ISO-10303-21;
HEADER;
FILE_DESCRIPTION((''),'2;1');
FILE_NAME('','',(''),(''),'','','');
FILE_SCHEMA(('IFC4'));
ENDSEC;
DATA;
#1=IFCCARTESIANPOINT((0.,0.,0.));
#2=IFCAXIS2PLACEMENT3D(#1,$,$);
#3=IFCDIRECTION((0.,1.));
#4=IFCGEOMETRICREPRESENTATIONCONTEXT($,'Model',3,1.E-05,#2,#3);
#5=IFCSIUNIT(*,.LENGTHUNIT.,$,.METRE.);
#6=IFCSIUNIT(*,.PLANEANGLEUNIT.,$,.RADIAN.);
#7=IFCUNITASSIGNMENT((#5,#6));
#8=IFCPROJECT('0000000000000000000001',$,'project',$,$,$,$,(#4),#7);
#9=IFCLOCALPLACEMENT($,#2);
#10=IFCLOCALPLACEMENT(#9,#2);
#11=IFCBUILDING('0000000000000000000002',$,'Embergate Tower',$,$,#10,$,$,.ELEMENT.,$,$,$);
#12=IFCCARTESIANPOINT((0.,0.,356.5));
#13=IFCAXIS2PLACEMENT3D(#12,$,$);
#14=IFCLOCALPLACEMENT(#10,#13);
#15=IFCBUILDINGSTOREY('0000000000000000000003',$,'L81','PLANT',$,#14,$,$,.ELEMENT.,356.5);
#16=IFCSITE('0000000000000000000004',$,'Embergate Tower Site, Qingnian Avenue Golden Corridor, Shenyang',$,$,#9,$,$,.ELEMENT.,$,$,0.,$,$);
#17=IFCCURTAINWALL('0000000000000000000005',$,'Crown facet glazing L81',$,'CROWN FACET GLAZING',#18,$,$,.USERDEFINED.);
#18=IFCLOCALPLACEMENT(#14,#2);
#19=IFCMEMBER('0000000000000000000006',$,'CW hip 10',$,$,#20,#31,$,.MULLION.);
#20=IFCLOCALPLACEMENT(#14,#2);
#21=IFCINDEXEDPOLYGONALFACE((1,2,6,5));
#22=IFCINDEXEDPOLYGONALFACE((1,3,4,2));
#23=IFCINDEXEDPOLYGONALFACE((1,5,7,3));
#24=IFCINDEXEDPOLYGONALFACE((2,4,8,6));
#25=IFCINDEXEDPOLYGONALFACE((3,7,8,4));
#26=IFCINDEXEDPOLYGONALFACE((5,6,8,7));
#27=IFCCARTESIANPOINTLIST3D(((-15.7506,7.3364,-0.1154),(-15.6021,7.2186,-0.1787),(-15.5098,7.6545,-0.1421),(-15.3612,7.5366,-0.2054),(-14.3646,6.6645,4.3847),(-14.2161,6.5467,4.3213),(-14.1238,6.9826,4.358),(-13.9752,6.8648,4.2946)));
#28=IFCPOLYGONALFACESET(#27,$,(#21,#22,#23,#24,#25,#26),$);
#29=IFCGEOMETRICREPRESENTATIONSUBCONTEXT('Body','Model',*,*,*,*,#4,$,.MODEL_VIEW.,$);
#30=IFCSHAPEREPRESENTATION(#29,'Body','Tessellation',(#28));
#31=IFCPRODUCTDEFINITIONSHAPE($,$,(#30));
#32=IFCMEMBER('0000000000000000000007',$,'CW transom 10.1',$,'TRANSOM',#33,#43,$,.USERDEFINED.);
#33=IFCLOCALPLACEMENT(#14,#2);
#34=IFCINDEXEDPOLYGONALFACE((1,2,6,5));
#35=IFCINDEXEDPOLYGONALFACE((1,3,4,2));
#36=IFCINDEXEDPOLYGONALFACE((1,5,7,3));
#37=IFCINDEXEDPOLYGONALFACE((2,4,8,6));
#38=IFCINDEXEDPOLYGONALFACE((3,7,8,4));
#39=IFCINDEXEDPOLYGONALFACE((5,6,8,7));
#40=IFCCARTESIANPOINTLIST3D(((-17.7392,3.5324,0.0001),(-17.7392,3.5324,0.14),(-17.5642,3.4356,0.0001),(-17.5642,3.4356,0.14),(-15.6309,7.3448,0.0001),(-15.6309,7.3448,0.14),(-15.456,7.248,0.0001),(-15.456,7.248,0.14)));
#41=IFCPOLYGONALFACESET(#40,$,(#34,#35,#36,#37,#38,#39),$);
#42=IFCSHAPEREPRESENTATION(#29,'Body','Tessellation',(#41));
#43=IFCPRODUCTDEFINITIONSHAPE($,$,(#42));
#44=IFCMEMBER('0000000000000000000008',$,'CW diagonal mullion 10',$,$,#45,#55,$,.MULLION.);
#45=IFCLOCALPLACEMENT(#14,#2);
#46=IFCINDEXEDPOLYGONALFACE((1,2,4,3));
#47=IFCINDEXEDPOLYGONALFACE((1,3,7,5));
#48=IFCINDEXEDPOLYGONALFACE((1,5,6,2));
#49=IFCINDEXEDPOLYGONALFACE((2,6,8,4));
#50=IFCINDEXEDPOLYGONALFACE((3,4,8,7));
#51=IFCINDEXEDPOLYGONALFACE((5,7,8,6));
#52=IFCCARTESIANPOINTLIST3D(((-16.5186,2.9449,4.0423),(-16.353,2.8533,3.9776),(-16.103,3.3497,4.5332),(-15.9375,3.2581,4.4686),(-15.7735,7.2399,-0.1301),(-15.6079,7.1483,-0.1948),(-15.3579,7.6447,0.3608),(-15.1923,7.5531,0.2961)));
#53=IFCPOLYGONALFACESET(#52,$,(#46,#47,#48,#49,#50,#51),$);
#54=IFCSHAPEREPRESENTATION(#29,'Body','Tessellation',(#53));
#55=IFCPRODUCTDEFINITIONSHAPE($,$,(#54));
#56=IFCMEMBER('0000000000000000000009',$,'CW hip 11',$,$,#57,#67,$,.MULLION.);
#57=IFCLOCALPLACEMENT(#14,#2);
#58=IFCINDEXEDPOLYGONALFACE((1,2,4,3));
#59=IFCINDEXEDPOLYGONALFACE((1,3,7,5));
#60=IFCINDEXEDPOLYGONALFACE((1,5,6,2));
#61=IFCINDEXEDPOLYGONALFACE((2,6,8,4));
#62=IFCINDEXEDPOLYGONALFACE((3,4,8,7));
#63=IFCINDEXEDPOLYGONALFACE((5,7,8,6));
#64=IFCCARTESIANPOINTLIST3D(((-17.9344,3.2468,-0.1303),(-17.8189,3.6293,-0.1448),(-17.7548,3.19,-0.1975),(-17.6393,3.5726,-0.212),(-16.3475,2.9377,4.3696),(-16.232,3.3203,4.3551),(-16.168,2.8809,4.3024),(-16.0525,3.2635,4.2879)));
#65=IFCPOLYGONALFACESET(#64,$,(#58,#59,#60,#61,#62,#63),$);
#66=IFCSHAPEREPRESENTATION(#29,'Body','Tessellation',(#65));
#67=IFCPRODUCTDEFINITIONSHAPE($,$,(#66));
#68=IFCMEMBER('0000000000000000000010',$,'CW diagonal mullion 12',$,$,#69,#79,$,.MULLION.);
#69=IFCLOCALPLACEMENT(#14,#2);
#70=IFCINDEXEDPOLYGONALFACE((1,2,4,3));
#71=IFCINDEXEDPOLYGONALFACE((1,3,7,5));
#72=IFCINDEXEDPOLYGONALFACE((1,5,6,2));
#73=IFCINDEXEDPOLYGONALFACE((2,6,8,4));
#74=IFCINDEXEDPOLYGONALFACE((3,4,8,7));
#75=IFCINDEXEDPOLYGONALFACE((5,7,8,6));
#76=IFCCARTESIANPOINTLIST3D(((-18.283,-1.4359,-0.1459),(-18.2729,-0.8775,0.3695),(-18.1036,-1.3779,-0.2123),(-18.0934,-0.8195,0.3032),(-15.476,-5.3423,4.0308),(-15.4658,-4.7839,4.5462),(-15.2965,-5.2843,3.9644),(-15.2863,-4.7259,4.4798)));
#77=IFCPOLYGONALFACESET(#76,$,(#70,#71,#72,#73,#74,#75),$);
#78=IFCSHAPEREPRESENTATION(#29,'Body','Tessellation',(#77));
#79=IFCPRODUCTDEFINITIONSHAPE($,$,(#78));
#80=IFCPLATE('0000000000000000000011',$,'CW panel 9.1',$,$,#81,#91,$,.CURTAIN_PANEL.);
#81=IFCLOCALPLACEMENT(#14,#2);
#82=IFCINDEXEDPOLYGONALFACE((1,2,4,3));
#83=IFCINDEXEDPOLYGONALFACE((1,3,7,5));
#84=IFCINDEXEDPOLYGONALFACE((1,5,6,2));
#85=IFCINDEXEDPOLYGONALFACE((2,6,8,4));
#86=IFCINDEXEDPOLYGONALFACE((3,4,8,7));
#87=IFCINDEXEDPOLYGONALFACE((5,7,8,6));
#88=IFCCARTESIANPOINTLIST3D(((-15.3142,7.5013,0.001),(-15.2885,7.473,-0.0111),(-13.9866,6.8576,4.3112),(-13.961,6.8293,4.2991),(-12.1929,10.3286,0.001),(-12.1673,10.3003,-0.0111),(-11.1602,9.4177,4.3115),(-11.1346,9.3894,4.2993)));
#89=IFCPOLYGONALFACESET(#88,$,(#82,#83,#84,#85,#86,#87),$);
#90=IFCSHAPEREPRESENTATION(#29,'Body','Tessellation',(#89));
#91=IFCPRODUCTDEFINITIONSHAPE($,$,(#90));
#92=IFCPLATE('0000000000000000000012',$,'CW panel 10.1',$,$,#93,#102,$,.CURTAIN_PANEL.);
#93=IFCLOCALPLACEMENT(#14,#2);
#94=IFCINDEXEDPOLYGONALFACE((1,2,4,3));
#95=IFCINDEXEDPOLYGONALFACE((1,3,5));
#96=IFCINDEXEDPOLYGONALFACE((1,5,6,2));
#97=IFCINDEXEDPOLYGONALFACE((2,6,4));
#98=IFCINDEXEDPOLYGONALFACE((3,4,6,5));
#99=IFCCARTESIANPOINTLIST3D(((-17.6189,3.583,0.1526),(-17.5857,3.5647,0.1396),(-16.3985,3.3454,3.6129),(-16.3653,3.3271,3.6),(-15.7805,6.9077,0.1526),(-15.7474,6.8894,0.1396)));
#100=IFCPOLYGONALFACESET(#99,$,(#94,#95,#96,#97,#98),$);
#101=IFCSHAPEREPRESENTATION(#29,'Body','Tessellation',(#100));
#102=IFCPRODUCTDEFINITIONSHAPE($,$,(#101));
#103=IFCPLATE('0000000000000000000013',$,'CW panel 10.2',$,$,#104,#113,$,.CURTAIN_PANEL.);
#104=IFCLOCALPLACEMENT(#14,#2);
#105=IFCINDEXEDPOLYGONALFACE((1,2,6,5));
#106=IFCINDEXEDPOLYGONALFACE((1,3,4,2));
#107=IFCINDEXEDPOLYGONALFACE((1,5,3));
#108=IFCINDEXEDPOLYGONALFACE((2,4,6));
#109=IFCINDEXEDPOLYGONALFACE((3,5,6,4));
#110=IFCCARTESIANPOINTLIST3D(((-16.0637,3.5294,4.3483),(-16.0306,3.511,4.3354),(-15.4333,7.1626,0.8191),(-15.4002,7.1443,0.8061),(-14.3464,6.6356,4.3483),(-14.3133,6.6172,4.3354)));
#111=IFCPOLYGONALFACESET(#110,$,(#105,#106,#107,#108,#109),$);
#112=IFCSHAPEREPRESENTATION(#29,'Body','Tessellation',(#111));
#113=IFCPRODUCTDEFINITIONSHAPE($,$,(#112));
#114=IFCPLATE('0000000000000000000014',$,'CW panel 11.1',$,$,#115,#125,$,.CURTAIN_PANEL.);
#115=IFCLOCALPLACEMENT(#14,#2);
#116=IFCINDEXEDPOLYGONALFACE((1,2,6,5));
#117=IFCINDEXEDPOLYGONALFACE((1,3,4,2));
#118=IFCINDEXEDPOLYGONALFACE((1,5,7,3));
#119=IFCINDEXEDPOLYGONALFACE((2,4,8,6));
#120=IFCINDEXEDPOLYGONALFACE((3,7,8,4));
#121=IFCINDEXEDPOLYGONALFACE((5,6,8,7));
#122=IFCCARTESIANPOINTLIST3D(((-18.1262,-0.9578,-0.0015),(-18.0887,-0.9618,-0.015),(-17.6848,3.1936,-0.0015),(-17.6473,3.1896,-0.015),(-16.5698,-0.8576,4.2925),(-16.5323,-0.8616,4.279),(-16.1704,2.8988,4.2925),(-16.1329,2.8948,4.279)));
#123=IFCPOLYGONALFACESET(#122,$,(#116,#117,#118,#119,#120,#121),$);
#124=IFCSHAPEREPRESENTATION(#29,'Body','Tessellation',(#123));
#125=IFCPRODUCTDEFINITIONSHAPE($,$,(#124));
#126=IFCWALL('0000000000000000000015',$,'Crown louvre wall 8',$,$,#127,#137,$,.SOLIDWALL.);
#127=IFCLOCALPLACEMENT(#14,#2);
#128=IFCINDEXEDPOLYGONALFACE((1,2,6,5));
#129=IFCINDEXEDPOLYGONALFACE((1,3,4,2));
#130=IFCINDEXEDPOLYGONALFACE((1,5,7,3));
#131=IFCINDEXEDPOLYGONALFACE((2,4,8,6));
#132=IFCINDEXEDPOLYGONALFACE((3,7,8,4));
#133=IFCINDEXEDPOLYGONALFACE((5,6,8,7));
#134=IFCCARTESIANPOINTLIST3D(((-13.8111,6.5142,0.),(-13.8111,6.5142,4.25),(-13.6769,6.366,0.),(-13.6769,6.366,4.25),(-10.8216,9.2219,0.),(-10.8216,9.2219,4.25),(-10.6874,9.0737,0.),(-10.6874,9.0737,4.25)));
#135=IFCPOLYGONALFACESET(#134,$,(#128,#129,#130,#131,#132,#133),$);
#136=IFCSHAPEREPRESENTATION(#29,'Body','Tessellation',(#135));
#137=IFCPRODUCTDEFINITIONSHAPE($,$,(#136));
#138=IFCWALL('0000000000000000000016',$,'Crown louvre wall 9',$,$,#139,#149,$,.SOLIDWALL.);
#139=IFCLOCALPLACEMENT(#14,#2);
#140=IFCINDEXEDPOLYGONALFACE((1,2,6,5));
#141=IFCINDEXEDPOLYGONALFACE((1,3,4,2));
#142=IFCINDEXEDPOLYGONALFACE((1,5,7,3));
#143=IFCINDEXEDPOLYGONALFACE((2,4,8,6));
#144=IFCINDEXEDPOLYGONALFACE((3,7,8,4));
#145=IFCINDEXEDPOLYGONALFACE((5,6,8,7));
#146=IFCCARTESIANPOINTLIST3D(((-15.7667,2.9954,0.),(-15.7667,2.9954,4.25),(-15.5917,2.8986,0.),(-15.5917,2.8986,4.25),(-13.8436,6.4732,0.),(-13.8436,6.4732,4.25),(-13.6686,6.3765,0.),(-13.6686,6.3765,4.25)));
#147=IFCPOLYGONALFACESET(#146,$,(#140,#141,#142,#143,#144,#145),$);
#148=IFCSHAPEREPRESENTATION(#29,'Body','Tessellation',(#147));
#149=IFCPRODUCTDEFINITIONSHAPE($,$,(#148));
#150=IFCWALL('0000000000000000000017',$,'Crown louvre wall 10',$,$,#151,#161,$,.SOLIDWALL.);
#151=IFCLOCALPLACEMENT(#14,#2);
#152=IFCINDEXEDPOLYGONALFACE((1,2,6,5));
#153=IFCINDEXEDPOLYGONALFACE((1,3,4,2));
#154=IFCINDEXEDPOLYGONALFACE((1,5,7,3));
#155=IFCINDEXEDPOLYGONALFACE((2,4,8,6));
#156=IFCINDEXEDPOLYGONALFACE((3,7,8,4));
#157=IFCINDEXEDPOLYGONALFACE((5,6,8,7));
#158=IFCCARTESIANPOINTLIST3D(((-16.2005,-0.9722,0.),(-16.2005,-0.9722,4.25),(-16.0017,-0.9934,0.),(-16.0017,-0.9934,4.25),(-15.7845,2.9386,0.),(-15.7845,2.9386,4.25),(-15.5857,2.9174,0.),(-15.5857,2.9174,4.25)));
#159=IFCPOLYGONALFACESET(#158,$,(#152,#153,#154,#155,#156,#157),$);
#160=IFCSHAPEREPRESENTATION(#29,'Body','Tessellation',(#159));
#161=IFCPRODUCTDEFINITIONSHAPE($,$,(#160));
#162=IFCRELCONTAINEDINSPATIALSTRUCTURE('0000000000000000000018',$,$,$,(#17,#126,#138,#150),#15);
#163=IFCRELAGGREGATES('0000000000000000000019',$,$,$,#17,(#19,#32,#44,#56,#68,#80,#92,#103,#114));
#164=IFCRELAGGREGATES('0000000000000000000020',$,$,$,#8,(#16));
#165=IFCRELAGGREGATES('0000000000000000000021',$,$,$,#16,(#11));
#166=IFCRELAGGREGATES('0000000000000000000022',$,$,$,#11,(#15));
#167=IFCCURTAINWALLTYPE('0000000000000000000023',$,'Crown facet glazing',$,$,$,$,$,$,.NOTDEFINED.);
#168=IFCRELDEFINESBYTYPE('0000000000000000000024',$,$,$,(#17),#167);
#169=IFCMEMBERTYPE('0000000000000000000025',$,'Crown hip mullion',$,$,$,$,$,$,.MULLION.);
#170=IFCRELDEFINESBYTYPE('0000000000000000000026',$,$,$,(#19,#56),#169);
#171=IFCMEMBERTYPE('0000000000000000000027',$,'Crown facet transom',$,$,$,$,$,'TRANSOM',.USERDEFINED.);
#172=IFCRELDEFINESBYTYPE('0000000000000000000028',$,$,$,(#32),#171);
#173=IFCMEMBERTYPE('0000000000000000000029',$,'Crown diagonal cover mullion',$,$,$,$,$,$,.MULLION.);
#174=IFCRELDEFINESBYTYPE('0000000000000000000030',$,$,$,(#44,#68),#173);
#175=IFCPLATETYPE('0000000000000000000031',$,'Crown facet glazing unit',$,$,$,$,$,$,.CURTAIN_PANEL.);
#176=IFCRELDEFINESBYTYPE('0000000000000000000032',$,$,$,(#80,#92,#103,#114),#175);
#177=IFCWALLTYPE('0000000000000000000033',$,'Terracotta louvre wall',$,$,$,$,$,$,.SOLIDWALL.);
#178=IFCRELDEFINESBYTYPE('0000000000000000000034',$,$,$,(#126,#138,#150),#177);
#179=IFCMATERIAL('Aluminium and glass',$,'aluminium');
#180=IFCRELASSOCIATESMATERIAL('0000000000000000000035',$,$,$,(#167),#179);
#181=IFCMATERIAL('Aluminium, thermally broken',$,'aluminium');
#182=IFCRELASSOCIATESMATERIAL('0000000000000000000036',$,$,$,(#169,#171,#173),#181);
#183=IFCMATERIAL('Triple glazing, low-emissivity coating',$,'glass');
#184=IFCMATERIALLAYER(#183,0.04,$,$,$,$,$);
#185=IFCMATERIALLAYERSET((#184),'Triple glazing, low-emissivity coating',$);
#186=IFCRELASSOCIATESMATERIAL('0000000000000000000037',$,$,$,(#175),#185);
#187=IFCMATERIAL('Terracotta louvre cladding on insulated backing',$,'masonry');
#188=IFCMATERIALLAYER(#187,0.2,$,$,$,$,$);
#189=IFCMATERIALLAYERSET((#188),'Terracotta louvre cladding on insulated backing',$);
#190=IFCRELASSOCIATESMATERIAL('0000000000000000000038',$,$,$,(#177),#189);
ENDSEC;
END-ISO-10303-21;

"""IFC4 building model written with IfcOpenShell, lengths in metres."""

from ifc_helpers import new_model, si_unit, direction, frame, frame_2d, origin, origin_2d, place, context, subcontext, project, spatial, polyline, rectangle, outline, extrude, source, transform, mapped, material, layer, layer_set, material_profile, profile_set, type_object, element, aggregate, save


model = new_model("IFC4")

# Units and contexts
model_context = context("Model", 3, precision=1e-05, world=origin(), true_north=direction((0.0, 1.0)))
body_context = subcontext(model_context, "Body", "Model", "MODEL_VIEW")
ifc_project = project(units=[si_unit("LENGTHUNIT", "METRE"), si_unit("PLANEANGLEUNIT", "RADIAN")], contexts=[model_context])

# Site, building, storey
site_placement = place(None, origin())
site = spatial("IfcSite", under=ifc_project, at=site_placement, Name="Embergate Tower Site, Qingnian Avenue Golden Corridor, Shenyang", CompositionType="ELEMENT", RefElevation=0.0)
building_placement = place(site_placement, origin())
building = spatial("IfcBuilding", under=site, at=building_placement, Name="Embergate Tower", CompositionType="ELEMENT")
storey_placement = place(building_placement, frame((0.0, 0.0, 356.5)))
storey = spatial("IfcBuildingStorey", under=building, at=storey_placement, Name="L81", Description="PLANT", CompositionType="ELEMENT", Elevation=356.5)

# Curtain wall, members, plates
ifc_material_1 = material(Name="Aluminium and glass", Category="aluminium")
curtain_wall_type = type_object("IfcCurtainWallType", Name="Crown facet glazing", PredefinedType="NOTDEFINED", material=ifc_material_1)
curtain_wall_placement = place(storey_placement, origin())
curtain_wall = element("IfcCurtainWall", 1, at=curtain_wall_placement, inside=storey, type_object=curtain_wall_type, Name="Crown facet glazing L81", ObjectType="CROWN FACET GLAZING", PredefinedType="USERDEFINED")
ifc_material_2 = material(Name="Aluminium, thermally broken", Category="aluminium")
ifc_material_profile_1 = material_profile(ifc_material_2, rectangle(XDim=0.2, YDim=0.3999, at=origin_2d()), Name="AL 400x200")
ifc_profile_set_1 = profile_set([ifc_material_profile_1], Name="Aluminium, thermally broken")
member_type_1 = type_object("IfcMemberType", Name="Crown hip mullion", PredefinedType="MULLION", material=ifc_profile_set_1)
shared_shape_1 = source(origin(), body_context, "Body", "SweptSolid", [
    extrude(rectangle(XDim=0.2, YDim=0.3999, at=origin_2d()), origin(), (0.0, 0.0, 1.0), 4.7563),
])
member_1_placement = place(storey_placement, frame((-15.5559, 7.4365, -0.1604), z_axis=(0.2914, -0.14126, 0.946114), x_axis=(-0.743136, 0.589353, 0.316877)))
member_1 = element("IfcMember", 2, at=member_1_placement, type_object=member_type_1, Name="CW hip 10", PredefinedType="MULLION", context=body_context, shape_type="MappedRepresentation", body=[
    mapped(shared_shape_1, transform((0.0, 0.0, 0.0))),
])
ifc_material_profile_2 = material_profile(ifc_material_2, rectangle(XDim=0.2, YDim=0.1399, at=origin_2d()), Name="AL 140x200")
ifc_profile_set_2 = profile_set([ifc_material_profile_2], Name="Aluminium, thermally broken")
member_type_2 = type_object("IfcMemberType", Name="Crown facet transom", ElementType="TRANSOM", PredefinedType="USERDEFINED", material=ifc_profile_set_2)
shared_shape_2 = source(origin(), body_context, "Body", "SweptSolid", [
    extrude(rectangle(XDim=0.2, YDim=0.1399, at=origin_2d()), origin(), (0.0, 0.0, 1.0), 4.3564),
])
member_2_placement = place(storey_placement, frame((-15.5435, 7.2964, 0.0701), z_axis=(-0.483929, -0.875107, 0.0), x_axis=(0.875107, -0.483929, 0.0)))
member_2 = element("IfcMember", 3, at=member_2_placement, type_object=member_type_2, Name="CW transom 10.1", ObjectType="TRANSOM", PredefinedType="USERDEFINED", context=body_context, shape_type="MappedRepresentation", body=[
    mapped(shared_shape_2, transform((0.0, 0.0, 0.0))),
])
ifc_material_profile_3 = material_profile(ifc_material_2, rectangle(XDim=0.2, YDim=0.76, at=origin_2d()), Name="AL 760x200")
ifc_profile_set_3 = profile_set([ifc_material_profile_3], Name="Aluminium, thermally broken")
member_type_3 = type_object("IfcMemberType", Name="Crown diagonal cover mullion", PredefinedType="MULLION", material=ifc_profile_set_3)
shared_shape_3 = source(origin(), body_context, "Body", "SweptSolid", [
    extrude(rectangle(XDim=0.2, YDim=0.76, at=origin_2d()), origin(), (0.0, 0.0, 1.0), 6.0342),
])
member_3_placement = place(storey_placement, frame((-15.4829, 7.3965, 0.083), z_axis=(-0.123485, -0.711777, 0.691466), x_axis=(-0.828086, 0.457881, 0.323448)))
member_3 = element("IfcMember", 4, at=member_3_placement, type_object=member_type_3, Name="CW diagonal mullion 10", PredefinedType="MULLION", context=body_context, shape_type="MappedRepresentation", body=[
    mapped(shared_shape_3, transform((0.0, 0.0, 0.0))),
])
shared_shape_4 = source(origin(), body_context, "Body", "SweptSolid", [
    extrude(rectangle(XDim=0.2, YDim=0.3999, at=origin_2d()), origin(), (0.0, 0.0, 1.0), 4.7815),
])
member_4_placement = place(storey_placement, frame((-17.7869, 3.4097, -0.1711), z_axis=(0.331878, -0.06464, 0.941105), x_axis=(-0.898015, 0.283821, 0.336177)))
member_4 = element("IfcMember", 5, at=member_4_placement, type_object=member_type_1, Name="CW hip 11", PredefinedType="MULLION", context=body_context, shape_type="MappedRepresentation", body=[
    mapped(shared_shape_4, transform((0.0, 0.0, 0.0))),
])
shared_shape_5 = source(origin(), body_context, "Body", "SweptSolid", [
    extrude(rectangle(XDim=0.2, YDim=0.76, at=origin_2d()), origin(), (0.0, 0.0, 1.0), 6.3706),
])
member_5_placement = place(storey_placement, frame((-18.1882, -1.1277, 0.0786), z_axis=(0.44063, -0.613196, 0.655619), x_axis=(-0.897589, -0.290079, 0.331946)))
member_5 = element("IfcMember", 6, at=member_5_placement, type_object=member_type_3, Name="CW diagonal mullion 12", PredefinedType="MULLION", context=body_context, shape_type="MappedRepresentation", body=[
    mapped(shared_shape_5, transform((0.0, 0.0, 0.0))),
])
ifc_material_3 = material(Name="Triple glazing, low-emissivity coating", Category="glass")
ifc_layer_1 = layer(ifc_material_3, 0.04)
ifc_layer_set_1 = layer_set([ifc_layer_1], Name="Triple glazing, low-emissivity coating")
plate_type = type_object("IfcPlateType", Name="Crown facet glazing unit", PredefinedType="CURTAIN_PANEL", material=ifc_layer_set_1)
shared_shape_6 = source(origin(), body_context, "Body", "SweptSolid", [
    extrude(outline(polyline([(0.0, 0.0), (4.2114, 0.0), (3.6597, 4.5222), (-0.1538, 4.5225), (0.0, 0.0)])), origin(), (0.0, 0.0, -1.0), 0.04),
])
plate_1_placement = place(storey_placement, frame((-12.1929, 10.3286, 0.001), z_axis=(-0.639874, 0.706408, 0.302569), x_axis=(-0.741147, -0.671342, 0.000002)))
plate_1 = element("IfcPlate", 7, at=plate_1_placement, type_object=plate_type, Name="CW panel 9.1", PredefinedType="CURTAIN_PANEL", context=body_context, shape_type="MappedRepresentation", body=[
    mapped(shared_shape_6, transform((0.0, 0.0, 0.0))),
])
shared_shape_7 = source(origin(), body_context, "Body", "SweptSolid", [
    extrude(outline(polyline([(0.0, 0.0), (3.7991, 0.0), (3.4165, 3.657), (0.0, 0.0)])), origin(), (0.0, 0.0, -1.0), 0.04),
])
plate_2_placement = place(storey_placement, frame((-15.7805, 6.9077, 0.1526), z_axis=(-0.828073, 0.457879, 0.323483), x_axis=(-0.483896, -0.875126, 0.0)))
plate_2 = element("IfcPlate", 8, at=plate_2_placement, type_object=plate_type, Name="CW panel 10.1", PredefinedType="CURTAIN_PANEL", context=body_context, shape_type="MappedRepresentation", body=[
    mapped(shared_shape_7, transform((0.0, 0.0, 0.0))),
])
shared_shape_8 = source(origin(), body_context, "Body", "SweptSolid", [
    extrude(outline(polyline([(0.0, 0.0), (5.1042, 0.0), (2.6812, 2.5935), (0.0, 0.0)])), origin(), (0.0, 0.0, -1.0), 0.04),
])
plate_3_placement = place(storey_placement, frame((-15.4333, 7.1626, 0.8191), z_axis=(-0.828125, 0.457835, 0.323414), x_axis=(-0.123497, -0.711808, 0.691432)))
plate_3 = element("IfcPlate", 9, at=plate_3_placement, type_object=plate_type, Name="CW panel 10.2", PredefinedType="CURTAIN_PANEL", context=body_context, shape_type="MappedRepresentation", body=[
    mapped(shared_shape_8, transform((0.0, 0.0, 0.0))),
])
shared_shape_9 = source(origin(), body_context, "Body", "SweptSolid", [
    extrude(outline(polyline([(0.0, 0.0), (4.1748, 0.0), (3.9106, 4.5608), (0.1331, 4.5608), (0.0, 0.0)])), origin(), (0.0, 0.0, -1.0), 0.04),
])
plate_4_placement = place(storey_placement, frame((-17.6848, 3.1936, -0.0015), z_axis=(-0.936218, 0.099547, 0.337025), x_axis=(-0.105733, -0.994395, 0.0)))
plate_4 = element("IfcPlate", 10, at=plate_4_placement, type_object=plate_type, Name="CW panel 11.1", PredefinedType="CURTAIN_PANEL", context=body_context, shape_type="MappedRepresentation", body=[
    mapped(shared_shape_9, transform((0.0, 0.0, 0.0))),
])
aggregate(curtain_wall, [member_1, member_2, member_3, member_4, member_5, plate_1, plate_2, plate_3, plate_4])

# Walls
ifc_material_4 = material(Name="Terracotta louvre cladding on insulated backing", Category="masonry")
ifc_layer_2 = layer(ifc_material_4, 0.2)
ifc_layer_set_2 = layer_set([ifc_layer_2], Name="Terracotta louvre cladding on insulated backing")
wall_type = type_object("IfcWallType", Name="Terracotta louvre wall", PredefinedType="SOLIDWALL", material=ifc_layer_set_2)
shared_shape_10 = source(origin(), body_context, "Body", "SweptSolid", [
    extrude(rectangle(XDim=4.0334, YDim=0.2, at=frame_2d((2.0166, 0.0))), origin(), (0.0, 0.0, 1.0), 4.25),
])
wall_1_placement = place(storey_placement, frame((-13.7439, 6.4402, 0.0), z_axis=(0.0, 0.0, 1.0), x_axis=(0.741169, 0.671319, 0.0)))
element("IfcWall", 11, at=wall_1_placement, inside=storey, type_object=wall_type, Name="Crown louvre wall 8", PredefinedType="SOLIDWALL", context=body_context, shape_type="MappedRepresentation", body=[
    mapped(shared_shape_10, transform((0.0, 0.0, 0.0))),
])
shared_shape_11 = source(origin(), body_context, "Body", "SweptSolid", [
    extrude(rectangle(XDim=3.9741, YDim=0.2, at=frame_2d((1.9871, 0.0))), origin(), (0.0, 0.0, 1.0), 4.25),
])
wall_2_placement = place(storey_placement, frame((-15.6792, 2.947, 0.0), z_axis=(0.0, 0.0, 1.0), x_axis=(0.48391, 0.875118, 0.0)))
element("IfcWall", 12, at=wall_2_placement, inside=storey, type_object=wall_type, Name="Crown louvre wall 9", PredefinedType="SOLIDWALL", context=body_context, shape_type="MappedRepresentation", body=[
    mapped(shared_shape_11, transform((0.0, 0.0, 0.0))),
])
shared_shape_12 = source(origin(), body_context, "Body", "SweptSolid", [
    extrude(rectangle(XDim=3.9329, YDim=0.2, at=frame_2d((1.9663, 0.0))), origin(), (0.0, 0.0, 1.0), 4.25),
])
wall_3_placement = place(storey_placement, frame((-16.1011, -0.9827, 0.0), z_axis=(0.0, 0.0, 1.0), x_axis=(0.105777, 0.99439, 0.0)))
element("IfcWall", 13, at=wall_3_placement, inside=storey, type_object=wall_type, Name="Crown louvre wall 10", PredefinedType="SOLIDWALL", context=body_context, shape_type="MappedRepresentation", body=[
    mapped(shared_shape_12, transform((0.0, 0.0, 0.0))),
])

save(model, "model.ifc")
